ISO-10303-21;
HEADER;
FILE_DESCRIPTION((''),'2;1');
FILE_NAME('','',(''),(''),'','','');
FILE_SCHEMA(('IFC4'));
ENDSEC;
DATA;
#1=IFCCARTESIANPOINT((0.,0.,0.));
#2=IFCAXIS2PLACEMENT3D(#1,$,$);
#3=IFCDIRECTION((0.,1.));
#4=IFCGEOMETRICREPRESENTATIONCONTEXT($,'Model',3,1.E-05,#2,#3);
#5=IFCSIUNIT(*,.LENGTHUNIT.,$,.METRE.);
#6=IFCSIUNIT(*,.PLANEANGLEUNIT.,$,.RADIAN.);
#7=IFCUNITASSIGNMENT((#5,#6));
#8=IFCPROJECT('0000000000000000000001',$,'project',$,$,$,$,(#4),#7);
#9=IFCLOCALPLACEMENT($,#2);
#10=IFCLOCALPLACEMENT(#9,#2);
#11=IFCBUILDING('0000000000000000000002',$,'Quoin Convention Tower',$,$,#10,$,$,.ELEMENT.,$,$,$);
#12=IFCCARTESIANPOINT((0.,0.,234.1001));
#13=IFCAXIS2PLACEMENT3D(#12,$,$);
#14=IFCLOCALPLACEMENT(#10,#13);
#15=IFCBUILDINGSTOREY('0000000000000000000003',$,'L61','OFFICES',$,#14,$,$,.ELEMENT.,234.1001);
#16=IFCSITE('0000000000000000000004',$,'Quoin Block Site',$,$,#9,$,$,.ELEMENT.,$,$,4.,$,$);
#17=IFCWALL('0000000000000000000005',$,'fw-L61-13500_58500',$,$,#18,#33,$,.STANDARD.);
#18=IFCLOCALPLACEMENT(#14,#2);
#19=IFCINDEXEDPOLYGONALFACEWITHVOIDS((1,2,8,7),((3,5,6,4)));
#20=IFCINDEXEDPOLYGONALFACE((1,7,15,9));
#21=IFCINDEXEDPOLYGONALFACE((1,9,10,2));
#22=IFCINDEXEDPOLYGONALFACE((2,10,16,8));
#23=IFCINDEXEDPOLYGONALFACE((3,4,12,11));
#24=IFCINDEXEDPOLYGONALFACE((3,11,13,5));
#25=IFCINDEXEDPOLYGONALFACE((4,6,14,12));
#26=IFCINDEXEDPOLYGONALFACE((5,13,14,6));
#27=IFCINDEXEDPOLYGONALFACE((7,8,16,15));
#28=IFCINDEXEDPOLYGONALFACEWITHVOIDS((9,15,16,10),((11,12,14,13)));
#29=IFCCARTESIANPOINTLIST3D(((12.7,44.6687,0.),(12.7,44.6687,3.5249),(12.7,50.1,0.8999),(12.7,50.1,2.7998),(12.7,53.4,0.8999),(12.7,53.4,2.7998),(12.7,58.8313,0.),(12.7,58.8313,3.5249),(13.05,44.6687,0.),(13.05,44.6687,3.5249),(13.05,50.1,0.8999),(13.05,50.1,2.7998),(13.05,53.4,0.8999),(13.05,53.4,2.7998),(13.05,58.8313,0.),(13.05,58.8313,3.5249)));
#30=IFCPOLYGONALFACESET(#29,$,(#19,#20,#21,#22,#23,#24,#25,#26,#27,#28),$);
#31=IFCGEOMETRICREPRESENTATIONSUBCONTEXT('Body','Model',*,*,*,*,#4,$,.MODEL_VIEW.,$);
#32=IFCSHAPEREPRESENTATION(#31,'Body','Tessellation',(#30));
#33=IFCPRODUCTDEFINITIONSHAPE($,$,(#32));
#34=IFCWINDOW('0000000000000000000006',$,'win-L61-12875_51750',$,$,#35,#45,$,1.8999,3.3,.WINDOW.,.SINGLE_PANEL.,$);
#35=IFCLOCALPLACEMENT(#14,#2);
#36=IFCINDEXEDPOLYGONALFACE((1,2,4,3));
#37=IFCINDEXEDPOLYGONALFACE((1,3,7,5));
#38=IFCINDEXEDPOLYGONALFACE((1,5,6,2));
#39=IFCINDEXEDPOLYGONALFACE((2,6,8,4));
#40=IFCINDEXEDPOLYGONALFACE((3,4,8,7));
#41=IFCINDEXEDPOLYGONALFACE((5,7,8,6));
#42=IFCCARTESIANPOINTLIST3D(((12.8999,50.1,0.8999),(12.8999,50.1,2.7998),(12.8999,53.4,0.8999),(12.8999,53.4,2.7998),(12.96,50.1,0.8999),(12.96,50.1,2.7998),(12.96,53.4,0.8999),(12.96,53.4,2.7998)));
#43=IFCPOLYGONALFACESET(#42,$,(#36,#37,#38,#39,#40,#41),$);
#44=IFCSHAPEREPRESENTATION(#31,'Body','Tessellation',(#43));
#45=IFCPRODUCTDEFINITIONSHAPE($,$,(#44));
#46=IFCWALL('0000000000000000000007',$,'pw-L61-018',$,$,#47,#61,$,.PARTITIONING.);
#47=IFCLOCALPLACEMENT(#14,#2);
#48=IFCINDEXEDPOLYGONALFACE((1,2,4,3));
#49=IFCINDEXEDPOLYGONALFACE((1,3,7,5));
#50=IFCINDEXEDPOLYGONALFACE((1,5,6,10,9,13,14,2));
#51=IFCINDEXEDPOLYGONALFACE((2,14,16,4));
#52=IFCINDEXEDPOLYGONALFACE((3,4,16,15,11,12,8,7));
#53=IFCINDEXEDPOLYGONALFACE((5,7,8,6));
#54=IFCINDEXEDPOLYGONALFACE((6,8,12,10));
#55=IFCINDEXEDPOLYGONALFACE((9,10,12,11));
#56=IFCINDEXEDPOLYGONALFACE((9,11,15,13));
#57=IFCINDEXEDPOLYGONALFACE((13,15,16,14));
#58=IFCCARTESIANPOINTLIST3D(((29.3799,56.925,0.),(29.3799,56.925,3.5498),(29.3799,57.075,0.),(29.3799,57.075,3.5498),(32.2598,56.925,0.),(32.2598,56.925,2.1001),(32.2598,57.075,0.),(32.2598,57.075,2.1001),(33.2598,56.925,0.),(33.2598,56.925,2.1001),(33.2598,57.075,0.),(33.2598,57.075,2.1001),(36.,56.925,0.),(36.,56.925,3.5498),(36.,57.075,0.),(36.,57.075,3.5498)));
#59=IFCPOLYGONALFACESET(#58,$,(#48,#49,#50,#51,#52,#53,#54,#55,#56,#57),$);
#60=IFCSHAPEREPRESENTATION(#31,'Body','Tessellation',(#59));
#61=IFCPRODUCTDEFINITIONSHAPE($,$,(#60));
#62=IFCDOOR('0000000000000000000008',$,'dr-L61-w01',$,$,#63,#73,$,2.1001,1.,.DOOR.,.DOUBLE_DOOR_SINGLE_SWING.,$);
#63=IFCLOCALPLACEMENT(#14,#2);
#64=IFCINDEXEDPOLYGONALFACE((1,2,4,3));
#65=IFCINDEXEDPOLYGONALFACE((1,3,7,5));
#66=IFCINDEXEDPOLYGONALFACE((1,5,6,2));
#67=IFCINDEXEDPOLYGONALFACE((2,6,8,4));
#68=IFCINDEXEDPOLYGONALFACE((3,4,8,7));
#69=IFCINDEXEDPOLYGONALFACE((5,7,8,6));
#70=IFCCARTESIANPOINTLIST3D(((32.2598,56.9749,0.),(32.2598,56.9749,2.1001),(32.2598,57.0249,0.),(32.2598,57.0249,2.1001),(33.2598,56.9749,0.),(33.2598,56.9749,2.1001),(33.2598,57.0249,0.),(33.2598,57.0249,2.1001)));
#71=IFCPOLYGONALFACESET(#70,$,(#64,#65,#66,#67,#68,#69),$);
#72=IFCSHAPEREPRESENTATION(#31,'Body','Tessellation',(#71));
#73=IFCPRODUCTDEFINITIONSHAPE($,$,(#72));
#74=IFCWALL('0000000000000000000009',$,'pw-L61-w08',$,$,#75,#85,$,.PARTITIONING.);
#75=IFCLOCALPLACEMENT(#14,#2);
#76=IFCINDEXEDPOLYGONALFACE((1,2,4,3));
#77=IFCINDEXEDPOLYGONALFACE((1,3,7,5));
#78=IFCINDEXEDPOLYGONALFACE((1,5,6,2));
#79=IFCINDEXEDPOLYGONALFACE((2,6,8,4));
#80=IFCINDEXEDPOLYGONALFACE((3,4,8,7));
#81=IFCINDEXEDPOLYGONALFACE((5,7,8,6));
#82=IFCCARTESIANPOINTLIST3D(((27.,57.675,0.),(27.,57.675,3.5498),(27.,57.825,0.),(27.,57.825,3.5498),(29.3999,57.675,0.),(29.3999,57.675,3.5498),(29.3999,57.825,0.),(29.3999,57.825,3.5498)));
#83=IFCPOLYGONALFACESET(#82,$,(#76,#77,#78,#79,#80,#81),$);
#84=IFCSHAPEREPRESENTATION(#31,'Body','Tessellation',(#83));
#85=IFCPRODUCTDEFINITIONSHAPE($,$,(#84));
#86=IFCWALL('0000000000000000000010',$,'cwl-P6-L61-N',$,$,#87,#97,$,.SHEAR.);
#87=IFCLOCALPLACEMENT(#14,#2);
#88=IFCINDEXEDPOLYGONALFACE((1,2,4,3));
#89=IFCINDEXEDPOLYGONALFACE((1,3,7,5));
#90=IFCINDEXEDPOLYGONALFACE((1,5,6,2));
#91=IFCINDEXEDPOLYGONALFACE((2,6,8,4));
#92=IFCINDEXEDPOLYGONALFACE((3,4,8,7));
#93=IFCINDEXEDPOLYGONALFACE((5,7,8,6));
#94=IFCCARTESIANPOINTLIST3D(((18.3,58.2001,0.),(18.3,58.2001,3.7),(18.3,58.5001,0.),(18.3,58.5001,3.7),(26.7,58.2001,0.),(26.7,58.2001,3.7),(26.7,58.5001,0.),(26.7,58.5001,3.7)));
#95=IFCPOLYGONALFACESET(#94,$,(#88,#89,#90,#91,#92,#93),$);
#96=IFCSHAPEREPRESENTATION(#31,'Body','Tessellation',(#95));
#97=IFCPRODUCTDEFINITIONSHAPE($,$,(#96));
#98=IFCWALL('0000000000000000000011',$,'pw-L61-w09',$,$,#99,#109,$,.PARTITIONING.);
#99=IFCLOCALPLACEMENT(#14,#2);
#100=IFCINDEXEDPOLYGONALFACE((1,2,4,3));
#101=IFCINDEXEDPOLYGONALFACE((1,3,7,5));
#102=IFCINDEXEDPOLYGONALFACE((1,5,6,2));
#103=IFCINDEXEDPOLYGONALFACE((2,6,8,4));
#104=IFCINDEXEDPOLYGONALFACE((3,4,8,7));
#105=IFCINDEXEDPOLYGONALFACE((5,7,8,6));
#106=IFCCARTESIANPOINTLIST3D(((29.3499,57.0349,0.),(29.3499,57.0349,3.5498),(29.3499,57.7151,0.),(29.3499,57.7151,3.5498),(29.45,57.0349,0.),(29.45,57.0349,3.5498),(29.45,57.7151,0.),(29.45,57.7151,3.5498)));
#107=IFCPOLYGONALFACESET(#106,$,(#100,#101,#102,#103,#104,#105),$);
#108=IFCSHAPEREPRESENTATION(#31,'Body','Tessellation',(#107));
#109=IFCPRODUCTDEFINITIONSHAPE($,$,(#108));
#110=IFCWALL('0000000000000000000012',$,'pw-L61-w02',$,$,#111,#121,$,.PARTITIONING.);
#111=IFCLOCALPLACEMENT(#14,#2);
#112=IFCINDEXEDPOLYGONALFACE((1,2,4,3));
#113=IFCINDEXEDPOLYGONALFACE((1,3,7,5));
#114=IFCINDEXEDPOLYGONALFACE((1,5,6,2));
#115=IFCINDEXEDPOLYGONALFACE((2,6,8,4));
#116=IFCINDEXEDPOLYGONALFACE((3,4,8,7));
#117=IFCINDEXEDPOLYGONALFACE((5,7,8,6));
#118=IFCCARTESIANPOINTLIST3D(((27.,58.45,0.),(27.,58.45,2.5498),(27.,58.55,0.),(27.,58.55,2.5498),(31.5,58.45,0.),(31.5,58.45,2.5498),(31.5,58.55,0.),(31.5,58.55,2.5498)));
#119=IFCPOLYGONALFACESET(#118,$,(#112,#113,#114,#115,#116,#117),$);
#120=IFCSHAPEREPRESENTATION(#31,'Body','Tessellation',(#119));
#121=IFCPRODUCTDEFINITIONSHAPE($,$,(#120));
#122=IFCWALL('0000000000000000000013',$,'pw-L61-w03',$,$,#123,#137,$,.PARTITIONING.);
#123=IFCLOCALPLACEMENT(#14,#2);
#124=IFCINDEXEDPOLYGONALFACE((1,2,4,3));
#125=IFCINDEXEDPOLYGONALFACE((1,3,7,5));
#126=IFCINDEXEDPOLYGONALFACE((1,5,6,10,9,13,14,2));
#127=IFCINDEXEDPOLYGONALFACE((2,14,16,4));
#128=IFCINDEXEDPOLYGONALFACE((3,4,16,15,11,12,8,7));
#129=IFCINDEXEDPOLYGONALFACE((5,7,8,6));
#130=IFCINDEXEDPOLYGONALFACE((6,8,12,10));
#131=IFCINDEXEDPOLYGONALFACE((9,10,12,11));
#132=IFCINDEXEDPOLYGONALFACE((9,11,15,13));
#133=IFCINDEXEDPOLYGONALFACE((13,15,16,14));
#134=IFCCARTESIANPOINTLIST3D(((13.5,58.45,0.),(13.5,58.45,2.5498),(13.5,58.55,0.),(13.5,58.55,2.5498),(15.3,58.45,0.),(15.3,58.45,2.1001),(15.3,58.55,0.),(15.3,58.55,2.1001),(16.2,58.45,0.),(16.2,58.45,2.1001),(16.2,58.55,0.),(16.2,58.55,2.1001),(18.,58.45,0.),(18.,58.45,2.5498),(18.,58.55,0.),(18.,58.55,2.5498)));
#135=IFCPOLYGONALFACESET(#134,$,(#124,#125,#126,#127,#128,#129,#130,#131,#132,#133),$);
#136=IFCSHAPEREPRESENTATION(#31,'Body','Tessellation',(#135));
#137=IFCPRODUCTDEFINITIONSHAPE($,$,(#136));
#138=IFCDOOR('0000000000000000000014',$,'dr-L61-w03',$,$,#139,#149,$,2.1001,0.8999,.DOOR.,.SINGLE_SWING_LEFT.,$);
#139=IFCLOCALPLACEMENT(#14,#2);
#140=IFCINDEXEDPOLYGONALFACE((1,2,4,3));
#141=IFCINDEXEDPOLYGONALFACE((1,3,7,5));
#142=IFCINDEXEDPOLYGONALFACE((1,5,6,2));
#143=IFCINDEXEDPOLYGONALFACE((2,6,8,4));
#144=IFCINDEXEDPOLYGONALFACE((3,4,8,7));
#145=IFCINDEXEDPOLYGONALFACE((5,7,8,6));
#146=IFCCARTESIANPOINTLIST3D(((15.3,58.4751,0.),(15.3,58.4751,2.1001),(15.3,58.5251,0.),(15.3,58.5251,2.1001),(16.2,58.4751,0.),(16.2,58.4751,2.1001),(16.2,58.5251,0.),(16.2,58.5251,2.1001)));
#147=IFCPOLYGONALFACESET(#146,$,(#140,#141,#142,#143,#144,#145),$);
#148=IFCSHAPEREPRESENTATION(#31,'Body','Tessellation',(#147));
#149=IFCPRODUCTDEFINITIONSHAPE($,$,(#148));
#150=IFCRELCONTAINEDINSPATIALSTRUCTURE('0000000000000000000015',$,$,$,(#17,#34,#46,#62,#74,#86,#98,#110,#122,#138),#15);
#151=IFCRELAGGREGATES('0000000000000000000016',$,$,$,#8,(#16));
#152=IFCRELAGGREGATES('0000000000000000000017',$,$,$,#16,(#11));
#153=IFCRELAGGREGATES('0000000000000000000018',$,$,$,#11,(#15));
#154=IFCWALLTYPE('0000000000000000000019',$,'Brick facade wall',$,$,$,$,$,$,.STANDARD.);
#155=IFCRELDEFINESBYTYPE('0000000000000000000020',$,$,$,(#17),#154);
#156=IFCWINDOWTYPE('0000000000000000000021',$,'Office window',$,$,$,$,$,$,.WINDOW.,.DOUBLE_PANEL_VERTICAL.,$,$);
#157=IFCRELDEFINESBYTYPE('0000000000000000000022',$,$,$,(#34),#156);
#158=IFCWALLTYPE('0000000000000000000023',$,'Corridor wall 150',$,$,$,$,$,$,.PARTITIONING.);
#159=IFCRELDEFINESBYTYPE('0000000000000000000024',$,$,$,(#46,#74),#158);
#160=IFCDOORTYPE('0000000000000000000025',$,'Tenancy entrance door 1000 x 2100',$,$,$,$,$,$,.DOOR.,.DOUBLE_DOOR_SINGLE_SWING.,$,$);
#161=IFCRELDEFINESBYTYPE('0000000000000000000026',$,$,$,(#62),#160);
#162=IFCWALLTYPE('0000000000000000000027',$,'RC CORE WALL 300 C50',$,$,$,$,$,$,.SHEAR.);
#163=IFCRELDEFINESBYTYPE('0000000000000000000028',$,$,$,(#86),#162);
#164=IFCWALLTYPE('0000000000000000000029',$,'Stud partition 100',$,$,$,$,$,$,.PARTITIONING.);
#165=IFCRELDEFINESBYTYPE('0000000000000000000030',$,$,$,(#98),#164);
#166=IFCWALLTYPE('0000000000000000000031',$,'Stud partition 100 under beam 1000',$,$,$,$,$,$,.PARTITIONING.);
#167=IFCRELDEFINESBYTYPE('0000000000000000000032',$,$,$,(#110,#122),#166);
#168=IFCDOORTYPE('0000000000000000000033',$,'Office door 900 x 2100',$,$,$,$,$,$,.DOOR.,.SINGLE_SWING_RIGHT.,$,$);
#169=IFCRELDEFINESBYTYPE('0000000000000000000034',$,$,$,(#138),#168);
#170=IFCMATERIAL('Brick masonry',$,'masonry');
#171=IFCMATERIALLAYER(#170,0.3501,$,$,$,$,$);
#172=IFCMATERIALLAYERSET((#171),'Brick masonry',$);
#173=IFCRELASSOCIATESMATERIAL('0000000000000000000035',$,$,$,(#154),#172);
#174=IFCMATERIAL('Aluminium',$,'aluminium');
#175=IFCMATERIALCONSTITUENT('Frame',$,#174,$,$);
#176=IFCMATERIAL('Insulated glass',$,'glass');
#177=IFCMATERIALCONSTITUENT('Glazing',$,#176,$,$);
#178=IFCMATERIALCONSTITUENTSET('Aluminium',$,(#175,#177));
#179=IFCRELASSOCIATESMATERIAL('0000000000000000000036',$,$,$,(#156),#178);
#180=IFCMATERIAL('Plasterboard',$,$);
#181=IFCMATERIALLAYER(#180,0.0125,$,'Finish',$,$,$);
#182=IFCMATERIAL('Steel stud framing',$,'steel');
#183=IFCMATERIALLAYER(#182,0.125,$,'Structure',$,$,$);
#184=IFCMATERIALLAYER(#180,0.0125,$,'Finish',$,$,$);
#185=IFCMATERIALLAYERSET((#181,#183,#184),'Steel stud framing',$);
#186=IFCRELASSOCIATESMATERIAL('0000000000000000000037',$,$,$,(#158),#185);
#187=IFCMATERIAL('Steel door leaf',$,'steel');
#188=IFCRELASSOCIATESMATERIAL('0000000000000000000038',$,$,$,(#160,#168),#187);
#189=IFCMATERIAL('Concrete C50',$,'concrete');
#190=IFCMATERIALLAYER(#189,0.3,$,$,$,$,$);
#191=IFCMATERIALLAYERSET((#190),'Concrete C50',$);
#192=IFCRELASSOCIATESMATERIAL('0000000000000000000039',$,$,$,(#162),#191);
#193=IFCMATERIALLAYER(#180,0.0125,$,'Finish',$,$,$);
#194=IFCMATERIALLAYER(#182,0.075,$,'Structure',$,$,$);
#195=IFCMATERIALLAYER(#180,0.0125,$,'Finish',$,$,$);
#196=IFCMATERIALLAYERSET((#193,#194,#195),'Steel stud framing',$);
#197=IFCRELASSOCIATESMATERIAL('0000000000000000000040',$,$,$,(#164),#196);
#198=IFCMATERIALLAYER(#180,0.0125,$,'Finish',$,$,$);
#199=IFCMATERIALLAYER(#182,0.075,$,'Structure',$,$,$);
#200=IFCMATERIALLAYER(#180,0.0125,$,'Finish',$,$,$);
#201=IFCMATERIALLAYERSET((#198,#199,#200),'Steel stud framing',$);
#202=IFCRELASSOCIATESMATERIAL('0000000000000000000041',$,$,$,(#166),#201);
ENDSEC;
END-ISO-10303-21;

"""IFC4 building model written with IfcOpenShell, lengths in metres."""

from ifc_helpers import new_model, si_unit, direction, frame, frame_2d, origin, place, context, subcontext, project, spatial, rectangle, extrude, material, layer, layer_set, constituent, constituent_set, type_object, element, fill, save


model = new_model("IFC4")

# Units and contexts
model_context = context("Model", 3, precision=1e-05, world=origin(), true_north=direction((0.0, 1.0)))
body_context = subcontext(model_context, "Body", "Model", "MODEL_VIEW")
ifc_project = project(units=[si_unit("LENGTHUNIT", "METRE"), si_unit("PLANEANGLEUNIT", "RADIAN")], contexts=[model_context])

# Site, building, storey
site_placement = place(None, origin())
site = spatial("IfcSite", under=ifc_project, at=site_placement, Name="Quoin Block Site", CompositionType="ELEMENT", RefElevation=4.0)
building_placement = place(site_placement, origin())
building = spatial("IfcBuilding", under=site, at=building_placement, Name="Quoin Convention Tower", CompositionType="ELEMENT")
storey_placement = place(building_placement, frame((0.0, 0.0, 234.1001)))
storey = spatial("IfcBuildingStorey", under=building, at=storey_placement, Name="L61", Description="OFFICES", CompositionType="ELEMENT", Elevation=234.1001)

# Shared definitions
ifc_material_1 = material(Name="Concrete C50", Category="concrete")

# Wall, opening, window
ifc_material_2 = material(Name="Brick masonry", Category="masonry")
ifc_layer_1 = layer(ifc_material_2, 0.3501)
ifc_layer_set_1 = layer_set([ifc_layer_1], Name="Brick masonry")
wall_type_1 = type_object("IfcWallType", Name="Brick facade wall", PredefinedType="STANDARD", material=ifc_layer_set_1)
ifc_material_3 = material(Name="Aluminium", Category="aluminium")
ifc_constituent_1 = constituent(ifc_material_3, Name="Frame")
ifc_material_4 = material(Name="Insulated glass", Category="glass")
ifc_constituent_2 = constituent(ifc_material_4, Name="Glazing")
ifc_constituent_set = constituent_set(constituents=[ifc_constituent_1, ifc_constituent_2], Name="Aluminium")
window_type = type_object("IfcWindowType", Name="Office window", PartitioningType="DOUBLE_PANEL_VERTICAL", PredefinedType="WINDOW", material=ifc_constituent_set)
wall_1_placement = place(storey_placement, frame((12.875, 58.8313, 0.0), z_axis=(0.0, 0.0, 1.0), x_axis=(0.0, -1.0, 0.0)))
wall_1 = element("IfcWall", 1, at=wall_1_placement, inside=storey, type_object=wall_type_1, Name="fw-L61-13500_58500", PredefinedType="STANDARD", context=body_context, shape_type="SweptSolid", body=[
    extrude(rectangle(XDim=14.1626, YDim=0.3501, at=frame_2d((7.0813, 0.0))), origin(), (0.0, 0.0, 1.0), 3.5249),
])
opening_1_placement = place(wall_1_placement, frame((5.4314, 0.0, 0.8999)))
opening_1 = element("IfcOpeningElement", 2, at=opening_1_placement, cuts=wall_1, PredefinedType="OPENING", context=body_context, shape_type="SweptSolid", body=[
    extrude(rectangle(XDim=3.3, YDim=1.8999, at=frame_2d((1.6499, 0.95))), frame((0.0, 0.1851, 0.0), z_axis=(0.0, -1.0, 0.0), x_axis=(1.0, 0.0, 0.0)), (0.0, 0.0, 1.0), 0.3701),
])
window_1_placement = place(opening_1_placement, origin())
window_1 = element("IfcWindow", 3, at=window_1_placement, inside=storey, type_object=window_type, Name="win-L61-12875_51750", OverallHeight=1.8999, OverallWidth=3.3, PartitioningType="SINGLE_PANEL", PredefinedType="WINDOW", context=body_context, shape_type="SweptSolid", body=[
    extrude(rectangle(XDim=3.3, YDim=1.8999, at=frame_2d((1.6499, 0.95))), frame((0.0, 0.085, 0.0), z_axis=(0.0, -1.0, 0.0), x_axis=(1.0, 0.0, 0.0)), (0.0, 0.0, 1.0), 0.0601),
])
fill(opening_1, window_1)

# Wall, opening, door
ifc_material_5 = material(Name="Plasterboard")
ifc_layer_2 = layer(ifc_material_5, 0.0125, Name="Finish")
ifc_material_6 = material(Name="Steel stud framing", Category="steel")
ifc_layer_3 = layer(ifc_material_6, 0.125, Name="Structure")
ifc_layer_4 = layer(ifc_material_5, 0.0125, Name="Finish")
ifc_layer_set_2 = layer_set([ifc_layer_2, ifc_layer_3, ifc_layer_4], Name="Steel stud framing")
wall_type_2 = type_object("IfcWallType", Name="Corridor wall 150", PredefinedType="PARTITIONING", material=ifc_layer_set_2)
wall_2_placement = place(storey_placement, frame((29.3799, 57.0, 0.0), z_axis=(0.0, 0.0, 1.0), x_axis=(1.0, 0.0, 0.0)))
wall_2 = element("IfcWall", 4, at=wall_2_placement, inside=storey, type_object=wall_type_2, Name="pw-L61-018", PredefinedType="PARTITIONING", context=body_context, shape_type="SweptSolid", body=[
    extrude(rectangle(XDim=6.6201, YDim=0.1499, at=frame_2d((3.3101, 0.0))), origin(), (0.0, 0.0, 1.0), 3.5498),
])
opening_2_placement = place(wall_2_placement, frame((2.8799, 0.0, 0.0)))
opening_2 = element("IfcOpeningElement", 5, at=opening_2_placement, cuts=wall_2, PredefinedType="OPENING", context=body_context, shape_type="SweptSolid", body=[
    extrude(rectangle(XDim=1.0, YDim=2.1001, at=frame_2d((0.5, 1.05))), frame((0.0, 0.085, 0.0), z_axis=(0.0, -1.0, 0.0), x_axis=(1.0, 0.0, 0.0)), (0.0, 0.0, 1.0), 0.1699),
])
ifc_material_7 = material(Name="Steel door leaf", Category="steel")
door_type_1 = type_object("IfcDoorType", Name="Tenancy entrance door 1000 x 2100", OperationType="DOUBLE_DOOR_SINGLE_SWING", PredefinedType="DOOR", material=ifc_material_7)
door_1_placement = place(opening_2_placement, origin())
door_1 = element("IfcDoor", 6, at=door_1_placement, inside=storey, type_object=door_type_1, Name="dr-L61-w01", OperationType="DOUBLE_DOOR_SINGLE_SWING", OverallHeight=2.1001, OverallWidth=1.0, PredefinedType="DOOR", context=body_context, shape_type="SweptSolid", body=[
    extrude(rectangle(XDim=1.0, YDim=2.1001, at=frame_2d((0.5, 1.05))), frame((0.0, 0.0249, 0.0), z_axis=(0.0, -1.0, 0.0), x_axis=(1.0, 0.0, 0.0)), (0.0, 0.0, 1.0), 0.05),
])
fill(opening_2, door_1)

# Walls
wall_3_placement = place(storey_placement, frame((27.0, 57.75, 0.0), z_axis=(0.0, 0.0, 1.0), x_axis=(1.0, 0.0, 0.0)))
element("IfcWall", 7, at=wall_3_placement, inside=storey, type_object=wall_type_2, Name="pw-L61-w08", PredefinedType="PARTITIONING", context=body_context, shape_type="SweptSolid", body=[
    extrude(rectangle(XDim=2.3999, YDim=0.1499, at=frame_2d((1.2, 0.0))), origin(), (0.0, 0.0, 1.0), 3.5498),
])
ifc_layer_5 = layer(ifc_material_1, 0.3)
ifc_layer_set_3 = layer_set([ifc_layer_5], Name="Concrete C50")
wall_type_3 = type_object("IfcWallType", Name="RC CORE WALL 300 C50", PredefinedType="SHEAR", material=ifc_layer_set_3)
wall_4_placement = place(storey_placement, frame((18.3, 58.3501, 0.0), z_axis=(0.0, 0.0, 1.0), x_axis=(1.0, 0.0, 0.0)))
element("IfcWall", 8, at=wall_4_placement, inside=storey, type_object=wall_type_3, Name="cwl-P6-L61-N", PredefinedType="SHEAR", context=body_context, shape_type="SweptSolid", body=[
    extrude(rectangle(XDim=8.3999, YDim=0.3, at=frame_2d((4.2, 0.0))), origin(), (0.0, 0.0, 1.0), 3.7),
])
ifc_layer_6 = layer(ifc_material_5, 0.0125, Name="Finish")
ifc_layer_7 = layer(ifc_material_6, 0.075, Name="Structure")
ifc_layer_8 = layer(ifc_material_5, 0.0125, Name="Finish")
ifc_layer_set_4 = layer_set([ifc_layer_6, ifc_layer_7, ifc_layer_8], Name="Steel stud framing")
wall_type_4 = type_object("IfcWallType", Name="Stud partition 100", PredefinedType="PARTITIONING", material=ifc_layer_set_4)
wall_5_placement = place(storey_placement, frame((29.3999, 57.7151, 0.0), z_axis=(0.0, 0.0, 1.0), x_axis=(0.0, -1.0, 0.0)))
element("IfcWall", 9, at=wall_5_placement, inside=storey, type_object=wall_type_4, Name="pw-L61-w09", PredefinedType="PARTITIONING", context=body_context, shape_type="SweptSolid", body=[
    extrude(rectangle(XDim=0.6802, YDim=0.1001, at=frame_2d((0.3401, 0.0))), origin(), (0.0, 0.0, 1.0), 3.5498),
])
ifc_layer_9 = layer(ifc_material_5, 0.0125, Name="Finish")
ifc_layer_10 = layer(ifc_material_6, 0.075, Name="Structure")
ifc_layer_11 = layer(ifc_material_5, 0.0125, Name="Finish")
ifc_layer_set_5 = layer_set([ifc_layer_9, ifc_layer_10, ifc_layer_11], Name="Steel stud framing")
wall_type_5 = type_object("IfcWallType", Name="Stud partition 100 under beam 1000", PredefinedType="PARTITIONING", material=ifc_layer_set_5)
wall_6_placement = place(storey_placement, frame((31.5, 58.5, 0.0), z_axis=(0.0, 0.0, 1.0), x_axis=(-1.0, 0.0, 0.0)))
element("IfcWall", 10, at=wall_6_placement, inside=storey, type_object=wall_type_5, Name="pw-L61-w02", PredefinedType="PARTITIONING", context=body_context, shape_type="SweptSolid", body=[
    extrude(rectangle(XDim=4.5, YDim=0.1001, at=frame_2d((2.25, 0.0))), origin(), (0.0, 0.0, 1.0), 2.5498),
])

# Wall, opening, door
wall_7_placement = place(storey_placement, frame((13.5, 58.5, 0.0), z_axis=(0.0, 0.0, 1.0), x_axis=(1.0, 0.0, 0.0)))
wall_7 = element("IfcWall", 11, at=wall_7_placement, inside=storey, type_object=wall_type_5, Name="pw-L61-w03", PredefinedType="PARTITIONING", context=body_context, shape_type="SweptSolid", body=[
    extrude(rectangle(XDim=4.5, YDim=0.1001, at=frame_2d((2.25, 0.0))), origin(), (0.0, 0.0, 1.0), 2.5498),
])
opening_3_placement = place(wall_7_placement, frame((1.8, 0.0, 0.0)))
opening_3 = element("IfcOpeningElement", 12, at=opening_3_placement, cuts=wall_7, PredefinedType="OPENING", context=body_context, shape_type="SweptSolid", body=[
    extrude(rectangle(XDim=0.8999, YDim=2.1001, at=frame_2d((0.45, 1.05))), frame((0.0, 0.0601, 0.0), z_axis=(0.0, -1.0, 0.0), x_axis=(1.0, 0.0, 0.0)), (0.0, 0.0, 1.0), 0.1201),
])
door_type_2 = type_object("IfcDoorType", Name="Office door 900 x 2100", OperationType="SINGLE_SWING_RIGHT", PredefinedType="DOOR", material=ifc_material_7)
door_2_placement = place(opening_3_placement, frame((0.8999, 0.0, 0.0), z_axis=(0.0, 0.0, 1.0), x_axis=(-1.0, 0.0, 0.0)))
door_2 = element("IfcDoor", 13, at=door_2_placement, inside=storey, type_object=door_type_2, Name="dr-L61-w03", OperationType="SINGLE_SWING_LEFT", OverallHeight=2.1001, OverallWidth=0.8999, PredefinedType="DOOR", context=body_context, shape_type="SweptSolid", body=[
    extrude(rectangle(XDim=0.8999, YDim=2.1001, at=frame_2d((0.45, 1.05))), frame((0.0, 0.0249, 0.0), z_axis=(0.0, -1.0, 0.0), x_axis=(1.0, 0.0, 0.0)), (0.0, 0.0, 1.0), 0.05),
])
fill(opening_3, door_2)

save(model, "model.ifc")
